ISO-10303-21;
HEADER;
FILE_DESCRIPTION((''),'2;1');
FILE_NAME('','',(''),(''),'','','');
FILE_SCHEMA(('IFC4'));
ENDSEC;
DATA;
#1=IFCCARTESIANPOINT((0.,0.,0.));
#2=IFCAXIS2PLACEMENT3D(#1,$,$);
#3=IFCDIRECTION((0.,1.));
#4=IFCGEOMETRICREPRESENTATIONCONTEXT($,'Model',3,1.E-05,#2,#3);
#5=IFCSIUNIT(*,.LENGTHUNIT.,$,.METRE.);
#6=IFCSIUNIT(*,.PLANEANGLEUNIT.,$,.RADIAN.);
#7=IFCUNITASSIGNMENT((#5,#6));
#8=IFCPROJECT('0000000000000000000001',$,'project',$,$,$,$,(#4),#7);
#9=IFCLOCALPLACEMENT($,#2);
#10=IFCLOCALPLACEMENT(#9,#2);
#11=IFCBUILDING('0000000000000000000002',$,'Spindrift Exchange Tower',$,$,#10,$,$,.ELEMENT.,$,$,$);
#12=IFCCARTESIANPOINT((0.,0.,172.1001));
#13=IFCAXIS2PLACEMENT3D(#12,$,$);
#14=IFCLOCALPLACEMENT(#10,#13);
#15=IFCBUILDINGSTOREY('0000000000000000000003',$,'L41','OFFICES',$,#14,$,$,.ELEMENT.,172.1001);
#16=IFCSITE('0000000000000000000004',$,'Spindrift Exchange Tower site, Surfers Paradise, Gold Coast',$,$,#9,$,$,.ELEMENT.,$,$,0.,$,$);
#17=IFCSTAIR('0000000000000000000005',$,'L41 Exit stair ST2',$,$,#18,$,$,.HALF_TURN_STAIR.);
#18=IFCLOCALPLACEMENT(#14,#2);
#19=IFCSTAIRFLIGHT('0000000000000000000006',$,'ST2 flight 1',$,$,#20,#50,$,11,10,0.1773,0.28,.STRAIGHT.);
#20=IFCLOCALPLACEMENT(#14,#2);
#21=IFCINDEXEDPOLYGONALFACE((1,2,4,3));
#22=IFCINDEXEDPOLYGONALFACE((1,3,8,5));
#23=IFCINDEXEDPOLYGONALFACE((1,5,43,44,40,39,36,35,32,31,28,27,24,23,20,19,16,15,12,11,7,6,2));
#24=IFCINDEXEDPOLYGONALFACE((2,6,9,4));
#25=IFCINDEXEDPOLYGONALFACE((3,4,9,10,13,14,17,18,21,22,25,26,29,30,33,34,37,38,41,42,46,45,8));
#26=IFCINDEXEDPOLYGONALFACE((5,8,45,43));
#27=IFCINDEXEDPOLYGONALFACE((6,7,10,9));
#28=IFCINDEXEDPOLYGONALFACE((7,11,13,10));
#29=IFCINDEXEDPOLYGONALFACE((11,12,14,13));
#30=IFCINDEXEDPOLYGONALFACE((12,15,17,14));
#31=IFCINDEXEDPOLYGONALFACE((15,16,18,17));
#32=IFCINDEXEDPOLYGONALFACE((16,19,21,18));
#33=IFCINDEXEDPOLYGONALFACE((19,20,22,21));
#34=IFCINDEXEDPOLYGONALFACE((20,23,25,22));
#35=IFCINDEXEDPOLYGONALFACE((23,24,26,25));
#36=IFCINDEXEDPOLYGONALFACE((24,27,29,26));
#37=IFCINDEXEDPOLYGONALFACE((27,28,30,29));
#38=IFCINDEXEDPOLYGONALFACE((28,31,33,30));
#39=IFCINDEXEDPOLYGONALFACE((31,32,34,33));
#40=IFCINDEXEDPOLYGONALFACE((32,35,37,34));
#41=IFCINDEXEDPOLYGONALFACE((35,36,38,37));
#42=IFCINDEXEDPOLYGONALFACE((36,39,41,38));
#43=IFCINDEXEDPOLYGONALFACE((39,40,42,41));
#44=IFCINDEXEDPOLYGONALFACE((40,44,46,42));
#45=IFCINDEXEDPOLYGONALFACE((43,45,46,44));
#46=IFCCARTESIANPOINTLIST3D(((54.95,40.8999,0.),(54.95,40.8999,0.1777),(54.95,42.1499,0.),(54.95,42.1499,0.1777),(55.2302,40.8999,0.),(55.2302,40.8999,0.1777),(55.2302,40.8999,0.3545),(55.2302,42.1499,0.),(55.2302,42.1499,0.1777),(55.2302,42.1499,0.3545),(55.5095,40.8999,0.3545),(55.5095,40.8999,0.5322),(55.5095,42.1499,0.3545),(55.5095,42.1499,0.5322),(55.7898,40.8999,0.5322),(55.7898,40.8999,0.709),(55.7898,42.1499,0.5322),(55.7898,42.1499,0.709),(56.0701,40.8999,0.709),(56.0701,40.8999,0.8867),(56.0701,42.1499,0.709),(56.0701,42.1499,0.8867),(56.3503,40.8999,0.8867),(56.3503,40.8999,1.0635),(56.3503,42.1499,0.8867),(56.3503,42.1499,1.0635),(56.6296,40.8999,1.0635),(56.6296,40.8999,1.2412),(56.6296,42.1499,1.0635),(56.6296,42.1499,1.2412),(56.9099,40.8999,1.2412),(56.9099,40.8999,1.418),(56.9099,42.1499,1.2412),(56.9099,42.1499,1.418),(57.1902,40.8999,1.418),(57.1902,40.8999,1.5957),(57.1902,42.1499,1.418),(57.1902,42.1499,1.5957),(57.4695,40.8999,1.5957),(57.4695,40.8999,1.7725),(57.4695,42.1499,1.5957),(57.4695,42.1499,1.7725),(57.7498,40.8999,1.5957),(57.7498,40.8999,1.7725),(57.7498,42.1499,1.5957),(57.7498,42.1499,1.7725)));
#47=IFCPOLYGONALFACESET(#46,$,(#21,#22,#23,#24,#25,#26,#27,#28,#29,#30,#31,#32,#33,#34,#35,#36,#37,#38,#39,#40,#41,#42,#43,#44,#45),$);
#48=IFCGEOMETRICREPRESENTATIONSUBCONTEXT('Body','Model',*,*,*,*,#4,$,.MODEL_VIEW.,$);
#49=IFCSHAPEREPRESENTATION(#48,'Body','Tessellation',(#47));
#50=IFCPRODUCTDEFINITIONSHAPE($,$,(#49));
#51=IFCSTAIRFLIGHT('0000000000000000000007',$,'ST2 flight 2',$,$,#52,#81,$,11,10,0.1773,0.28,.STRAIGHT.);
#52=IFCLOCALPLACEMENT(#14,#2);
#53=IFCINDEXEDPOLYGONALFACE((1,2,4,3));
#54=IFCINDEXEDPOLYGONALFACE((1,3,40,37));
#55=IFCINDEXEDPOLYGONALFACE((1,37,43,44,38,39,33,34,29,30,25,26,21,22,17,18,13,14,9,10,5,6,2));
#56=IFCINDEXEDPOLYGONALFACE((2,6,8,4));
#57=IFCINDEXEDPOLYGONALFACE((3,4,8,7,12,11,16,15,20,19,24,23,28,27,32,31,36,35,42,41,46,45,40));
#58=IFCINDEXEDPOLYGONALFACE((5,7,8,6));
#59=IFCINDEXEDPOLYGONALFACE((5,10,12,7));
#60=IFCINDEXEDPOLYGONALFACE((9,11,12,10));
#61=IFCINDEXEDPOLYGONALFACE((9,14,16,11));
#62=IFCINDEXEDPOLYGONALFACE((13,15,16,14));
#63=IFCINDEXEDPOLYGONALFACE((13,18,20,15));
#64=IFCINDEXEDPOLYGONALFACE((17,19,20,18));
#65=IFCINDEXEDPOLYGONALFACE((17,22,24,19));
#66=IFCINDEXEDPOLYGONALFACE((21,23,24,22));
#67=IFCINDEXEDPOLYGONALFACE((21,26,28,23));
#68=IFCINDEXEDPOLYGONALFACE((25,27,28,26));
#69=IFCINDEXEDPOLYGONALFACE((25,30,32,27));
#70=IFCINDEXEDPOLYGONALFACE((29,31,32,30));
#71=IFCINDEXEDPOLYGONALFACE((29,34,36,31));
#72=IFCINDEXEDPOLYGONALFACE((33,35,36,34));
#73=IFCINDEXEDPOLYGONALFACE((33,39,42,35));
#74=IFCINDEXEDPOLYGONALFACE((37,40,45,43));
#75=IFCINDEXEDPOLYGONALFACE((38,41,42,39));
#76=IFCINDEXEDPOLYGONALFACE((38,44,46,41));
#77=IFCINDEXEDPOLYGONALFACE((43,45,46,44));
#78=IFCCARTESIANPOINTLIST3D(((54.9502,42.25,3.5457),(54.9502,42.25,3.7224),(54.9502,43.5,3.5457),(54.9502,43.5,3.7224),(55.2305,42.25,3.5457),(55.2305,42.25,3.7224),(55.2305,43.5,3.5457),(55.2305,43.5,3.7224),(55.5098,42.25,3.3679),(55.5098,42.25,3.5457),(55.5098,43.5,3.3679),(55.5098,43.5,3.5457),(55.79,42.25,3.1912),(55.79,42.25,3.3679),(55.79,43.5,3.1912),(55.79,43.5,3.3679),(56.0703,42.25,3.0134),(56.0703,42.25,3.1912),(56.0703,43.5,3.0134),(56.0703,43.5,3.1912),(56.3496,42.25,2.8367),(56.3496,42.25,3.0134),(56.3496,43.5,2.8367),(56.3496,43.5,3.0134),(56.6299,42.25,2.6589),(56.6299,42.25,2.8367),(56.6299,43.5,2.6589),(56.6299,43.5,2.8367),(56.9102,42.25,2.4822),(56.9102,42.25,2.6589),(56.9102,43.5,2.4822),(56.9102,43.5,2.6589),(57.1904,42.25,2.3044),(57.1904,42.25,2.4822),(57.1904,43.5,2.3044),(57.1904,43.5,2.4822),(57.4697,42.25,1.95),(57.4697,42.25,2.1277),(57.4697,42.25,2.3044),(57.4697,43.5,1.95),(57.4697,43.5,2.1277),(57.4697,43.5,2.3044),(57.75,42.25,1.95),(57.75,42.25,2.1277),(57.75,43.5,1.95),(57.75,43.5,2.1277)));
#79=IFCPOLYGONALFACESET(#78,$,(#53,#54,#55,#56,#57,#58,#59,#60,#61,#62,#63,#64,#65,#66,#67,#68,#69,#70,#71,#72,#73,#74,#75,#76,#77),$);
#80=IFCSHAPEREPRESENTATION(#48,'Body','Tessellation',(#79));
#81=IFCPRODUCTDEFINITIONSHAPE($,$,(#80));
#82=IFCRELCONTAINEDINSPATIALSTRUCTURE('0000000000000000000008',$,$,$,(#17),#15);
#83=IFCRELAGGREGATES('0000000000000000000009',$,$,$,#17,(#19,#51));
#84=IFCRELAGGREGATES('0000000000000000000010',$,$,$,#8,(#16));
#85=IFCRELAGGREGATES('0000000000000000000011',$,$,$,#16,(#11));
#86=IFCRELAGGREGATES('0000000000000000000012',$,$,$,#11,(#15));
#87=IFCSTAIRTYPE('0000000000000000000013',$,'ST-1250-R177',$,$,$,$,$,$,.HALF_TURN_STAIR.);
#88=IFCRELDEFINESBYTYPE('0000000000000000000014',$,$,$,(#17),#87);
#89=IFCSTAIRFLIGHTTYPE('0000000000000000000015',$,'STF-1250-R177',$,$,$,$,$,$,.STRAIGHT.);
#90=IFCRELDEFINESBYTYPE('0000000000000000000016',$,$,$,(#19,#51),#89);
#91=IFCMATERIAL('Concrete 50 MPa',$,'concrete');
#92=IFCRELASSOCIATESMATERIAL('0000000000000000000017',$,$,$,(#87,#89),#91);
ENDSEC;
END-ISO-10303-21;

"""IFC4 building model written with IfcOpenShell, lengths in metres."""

from ifc_helpers import new_model, si_unit, direction, frame, origin, place, context, subcontext, project, spatial, line, indexed_curve, outline, extrude, material, type_object, element, aggregate, save


model = new_model("IFC4")

# Units and contexts
model_context = context("Model", 3, precision=1e-05, world=origin(), true_north=direction((0.0, 1.0)))
body_context = subcontext(model_context, "Body", "Model", "MODEL_VIEW")
ifc_project = project(units=[si_unit("LENGTHUNIT", "METRE"), si_unit("PLANEANGLEUNIT", "RADIAN")], contexts=[model_context])

# Site, building, storey
site_placement = place(None, origin())
site = spatial("IfcSite", under=ifc_project, at=site_placement, Name="Spindrift Exchange Tower site, Surfers Paradise, Gold Coast", CompositionType="ELEMENT", RefElevation=0.0)
building_placement = place(site_placement, origin())
building = spatial("IfcBuilding", under=site, at=building_placement, Name="Spindrift Exchange Tower", CompositionType="ELEMENT")
storey_placement = place(building_placement, frame((0.0, 0.0, 172.1001)))
storey = spatial("IfcBuildingStorey", under=building, at=storey_placement, Name="L41", Description="OFFICES", CompositionType="ELEMENT", Elevation=172.1001)

# Stair, stair flights
ifc_material_1 = material(Name="Concrete 50 MPa", Category="concrete")
stair_type = type_object("IfcStairType", Name="ST-1250-R177", PredefinedType="HALF_TURN_STAIR", material=ifc_material_1)
stair_placement = place(storey_placement, origin())
stair = element("IfcStair", 1, at=stair_placement, inside=storey, type_object=stair_type, Name="L41 Exit stair ST2", PredefinedType="HALF_TURN_STAIR")
stair_flight_type = type_object("IfcStairFlightType", Name="STF-1250-R177", PredefinedType="STRAIGHT", material=ifc_material_1)
stair_flight_1_placement = place(storey_placement, frame((54.95, 41.5249, 0.0), z_axis=(0.0, 0.0, 1.0), x_axis=(1.0, 0.0, 0.0)))
stair_flight_1 = element("IfcStairFlight", 2, at=stair_flight_1_placement, type_object=stair_flight_type, Name="ST2 flight 1", NumberOfRisers=11, NumberOfTreads=10, PredefinedType="STRAIGHT", RiserHeight=0.1773, TreadLength=0.28, context=body_context, shape_type="SweptSolid", body=[
    extrude(outline(indexed_curve([(0.0, 0.0), (0.0, 0.1777), (0.2803, 0.1777), (0.2803, 0.3545), (0.5596, 0.3545), (0.5596, 0.5322), (0.8398, 0.5322), (0.8398, 0.709), (1.1201, 0.709), (1.1201, 0.8867), (1.4004, 0.8867), (1.4004, 1.0635), (1.6797, 1.0635), (1.6797, 1.2412), (1.96, 1.2412), (1.96, 1.418), (2.2402, 1.418), (2.2402, 1.5957), (2.5195, 1.5957), (2.5195, 1.7725), (2.7998, 1.7725), (2.7998, 1.9502), (2.7998, 1.5957), (0.2803, 0.0)], segments=[line(1, 2, 3, 4, 5, 6, 7, 8, 9, 10, 11, 12, 13, 14, 15, 16, 17, 18, 19, 20, 21, 22, 23, 24, 1)], self_intersect=False)), frame((0.0, 0.625, 0.0), z_axis=(0.0, -1.0, 0.0), x_axis=(1.0, 0.0, 0.0)), (0.0, 0.0, 1.0), 1.25),
])
stair_flight_2_placement = place(storey_placement, frame((57.75, 42.875, 1.95), z_axis=(0.0, 0.0, 1.0), x_axis=(-1.0, 0.0, 0.0)))
stair_flight_2 = element("IfcStairFlight", 3, at=stair_flight_2_placement, type_object=stair_flight_type, Name="ST2 flight 2", NumberOfRisers=11, NumberOfTreads=10, PredefinedType="STRAIGHT", RiserHeight=0.1773, TreadLength=0.28, context=body_context, shape_type="SweptSolid", body=[
    extrude(outline(indexed_curve([(0.0, 0.0), (0.0, 0.1777), (0.2803, 0.1777), (0.2803, 0.3545), (0.5596, 0.3545), (0.5596, 0.5322), (0.8398, 0.5322), (0.8398, 0.709), (1.1201, 0.709), (1.1201, 0.8867), (1.4004, 0.8867), (1.4004, 1.0635), (1.6797, 1.0635), (1.6797, 1.2412), (1.96, 1.2412), (1.96, 1.418), (2.2402, 1.418), (2.2402, 1.5957), (2.5195, 1.5957), (2.5195, 1.7725), (2.7998, 1.7725), (2.7998, 1.9502), (2.7998, 1.5957), (0.2803, 0.0)], segments=[line(1, 2, 3, 4, 5, 6, 7, 8, 9, 10, 11, 12, 13, 14, 15, 16, 17, 18, 19, 20, 21, 22, 23, 24, 1)], self_intersect=False)), frame((0.0, 0.625, 0.0), z_axis=(0.0, -1.0, 0.0), x_axis=(1.0, 0.0, 0.0)), (0.0, 0.0, 1.0), 1.25),
])
aggregate(stair, [stair_flight_1, stair_flight_2])

save(model, "model.ifc")
